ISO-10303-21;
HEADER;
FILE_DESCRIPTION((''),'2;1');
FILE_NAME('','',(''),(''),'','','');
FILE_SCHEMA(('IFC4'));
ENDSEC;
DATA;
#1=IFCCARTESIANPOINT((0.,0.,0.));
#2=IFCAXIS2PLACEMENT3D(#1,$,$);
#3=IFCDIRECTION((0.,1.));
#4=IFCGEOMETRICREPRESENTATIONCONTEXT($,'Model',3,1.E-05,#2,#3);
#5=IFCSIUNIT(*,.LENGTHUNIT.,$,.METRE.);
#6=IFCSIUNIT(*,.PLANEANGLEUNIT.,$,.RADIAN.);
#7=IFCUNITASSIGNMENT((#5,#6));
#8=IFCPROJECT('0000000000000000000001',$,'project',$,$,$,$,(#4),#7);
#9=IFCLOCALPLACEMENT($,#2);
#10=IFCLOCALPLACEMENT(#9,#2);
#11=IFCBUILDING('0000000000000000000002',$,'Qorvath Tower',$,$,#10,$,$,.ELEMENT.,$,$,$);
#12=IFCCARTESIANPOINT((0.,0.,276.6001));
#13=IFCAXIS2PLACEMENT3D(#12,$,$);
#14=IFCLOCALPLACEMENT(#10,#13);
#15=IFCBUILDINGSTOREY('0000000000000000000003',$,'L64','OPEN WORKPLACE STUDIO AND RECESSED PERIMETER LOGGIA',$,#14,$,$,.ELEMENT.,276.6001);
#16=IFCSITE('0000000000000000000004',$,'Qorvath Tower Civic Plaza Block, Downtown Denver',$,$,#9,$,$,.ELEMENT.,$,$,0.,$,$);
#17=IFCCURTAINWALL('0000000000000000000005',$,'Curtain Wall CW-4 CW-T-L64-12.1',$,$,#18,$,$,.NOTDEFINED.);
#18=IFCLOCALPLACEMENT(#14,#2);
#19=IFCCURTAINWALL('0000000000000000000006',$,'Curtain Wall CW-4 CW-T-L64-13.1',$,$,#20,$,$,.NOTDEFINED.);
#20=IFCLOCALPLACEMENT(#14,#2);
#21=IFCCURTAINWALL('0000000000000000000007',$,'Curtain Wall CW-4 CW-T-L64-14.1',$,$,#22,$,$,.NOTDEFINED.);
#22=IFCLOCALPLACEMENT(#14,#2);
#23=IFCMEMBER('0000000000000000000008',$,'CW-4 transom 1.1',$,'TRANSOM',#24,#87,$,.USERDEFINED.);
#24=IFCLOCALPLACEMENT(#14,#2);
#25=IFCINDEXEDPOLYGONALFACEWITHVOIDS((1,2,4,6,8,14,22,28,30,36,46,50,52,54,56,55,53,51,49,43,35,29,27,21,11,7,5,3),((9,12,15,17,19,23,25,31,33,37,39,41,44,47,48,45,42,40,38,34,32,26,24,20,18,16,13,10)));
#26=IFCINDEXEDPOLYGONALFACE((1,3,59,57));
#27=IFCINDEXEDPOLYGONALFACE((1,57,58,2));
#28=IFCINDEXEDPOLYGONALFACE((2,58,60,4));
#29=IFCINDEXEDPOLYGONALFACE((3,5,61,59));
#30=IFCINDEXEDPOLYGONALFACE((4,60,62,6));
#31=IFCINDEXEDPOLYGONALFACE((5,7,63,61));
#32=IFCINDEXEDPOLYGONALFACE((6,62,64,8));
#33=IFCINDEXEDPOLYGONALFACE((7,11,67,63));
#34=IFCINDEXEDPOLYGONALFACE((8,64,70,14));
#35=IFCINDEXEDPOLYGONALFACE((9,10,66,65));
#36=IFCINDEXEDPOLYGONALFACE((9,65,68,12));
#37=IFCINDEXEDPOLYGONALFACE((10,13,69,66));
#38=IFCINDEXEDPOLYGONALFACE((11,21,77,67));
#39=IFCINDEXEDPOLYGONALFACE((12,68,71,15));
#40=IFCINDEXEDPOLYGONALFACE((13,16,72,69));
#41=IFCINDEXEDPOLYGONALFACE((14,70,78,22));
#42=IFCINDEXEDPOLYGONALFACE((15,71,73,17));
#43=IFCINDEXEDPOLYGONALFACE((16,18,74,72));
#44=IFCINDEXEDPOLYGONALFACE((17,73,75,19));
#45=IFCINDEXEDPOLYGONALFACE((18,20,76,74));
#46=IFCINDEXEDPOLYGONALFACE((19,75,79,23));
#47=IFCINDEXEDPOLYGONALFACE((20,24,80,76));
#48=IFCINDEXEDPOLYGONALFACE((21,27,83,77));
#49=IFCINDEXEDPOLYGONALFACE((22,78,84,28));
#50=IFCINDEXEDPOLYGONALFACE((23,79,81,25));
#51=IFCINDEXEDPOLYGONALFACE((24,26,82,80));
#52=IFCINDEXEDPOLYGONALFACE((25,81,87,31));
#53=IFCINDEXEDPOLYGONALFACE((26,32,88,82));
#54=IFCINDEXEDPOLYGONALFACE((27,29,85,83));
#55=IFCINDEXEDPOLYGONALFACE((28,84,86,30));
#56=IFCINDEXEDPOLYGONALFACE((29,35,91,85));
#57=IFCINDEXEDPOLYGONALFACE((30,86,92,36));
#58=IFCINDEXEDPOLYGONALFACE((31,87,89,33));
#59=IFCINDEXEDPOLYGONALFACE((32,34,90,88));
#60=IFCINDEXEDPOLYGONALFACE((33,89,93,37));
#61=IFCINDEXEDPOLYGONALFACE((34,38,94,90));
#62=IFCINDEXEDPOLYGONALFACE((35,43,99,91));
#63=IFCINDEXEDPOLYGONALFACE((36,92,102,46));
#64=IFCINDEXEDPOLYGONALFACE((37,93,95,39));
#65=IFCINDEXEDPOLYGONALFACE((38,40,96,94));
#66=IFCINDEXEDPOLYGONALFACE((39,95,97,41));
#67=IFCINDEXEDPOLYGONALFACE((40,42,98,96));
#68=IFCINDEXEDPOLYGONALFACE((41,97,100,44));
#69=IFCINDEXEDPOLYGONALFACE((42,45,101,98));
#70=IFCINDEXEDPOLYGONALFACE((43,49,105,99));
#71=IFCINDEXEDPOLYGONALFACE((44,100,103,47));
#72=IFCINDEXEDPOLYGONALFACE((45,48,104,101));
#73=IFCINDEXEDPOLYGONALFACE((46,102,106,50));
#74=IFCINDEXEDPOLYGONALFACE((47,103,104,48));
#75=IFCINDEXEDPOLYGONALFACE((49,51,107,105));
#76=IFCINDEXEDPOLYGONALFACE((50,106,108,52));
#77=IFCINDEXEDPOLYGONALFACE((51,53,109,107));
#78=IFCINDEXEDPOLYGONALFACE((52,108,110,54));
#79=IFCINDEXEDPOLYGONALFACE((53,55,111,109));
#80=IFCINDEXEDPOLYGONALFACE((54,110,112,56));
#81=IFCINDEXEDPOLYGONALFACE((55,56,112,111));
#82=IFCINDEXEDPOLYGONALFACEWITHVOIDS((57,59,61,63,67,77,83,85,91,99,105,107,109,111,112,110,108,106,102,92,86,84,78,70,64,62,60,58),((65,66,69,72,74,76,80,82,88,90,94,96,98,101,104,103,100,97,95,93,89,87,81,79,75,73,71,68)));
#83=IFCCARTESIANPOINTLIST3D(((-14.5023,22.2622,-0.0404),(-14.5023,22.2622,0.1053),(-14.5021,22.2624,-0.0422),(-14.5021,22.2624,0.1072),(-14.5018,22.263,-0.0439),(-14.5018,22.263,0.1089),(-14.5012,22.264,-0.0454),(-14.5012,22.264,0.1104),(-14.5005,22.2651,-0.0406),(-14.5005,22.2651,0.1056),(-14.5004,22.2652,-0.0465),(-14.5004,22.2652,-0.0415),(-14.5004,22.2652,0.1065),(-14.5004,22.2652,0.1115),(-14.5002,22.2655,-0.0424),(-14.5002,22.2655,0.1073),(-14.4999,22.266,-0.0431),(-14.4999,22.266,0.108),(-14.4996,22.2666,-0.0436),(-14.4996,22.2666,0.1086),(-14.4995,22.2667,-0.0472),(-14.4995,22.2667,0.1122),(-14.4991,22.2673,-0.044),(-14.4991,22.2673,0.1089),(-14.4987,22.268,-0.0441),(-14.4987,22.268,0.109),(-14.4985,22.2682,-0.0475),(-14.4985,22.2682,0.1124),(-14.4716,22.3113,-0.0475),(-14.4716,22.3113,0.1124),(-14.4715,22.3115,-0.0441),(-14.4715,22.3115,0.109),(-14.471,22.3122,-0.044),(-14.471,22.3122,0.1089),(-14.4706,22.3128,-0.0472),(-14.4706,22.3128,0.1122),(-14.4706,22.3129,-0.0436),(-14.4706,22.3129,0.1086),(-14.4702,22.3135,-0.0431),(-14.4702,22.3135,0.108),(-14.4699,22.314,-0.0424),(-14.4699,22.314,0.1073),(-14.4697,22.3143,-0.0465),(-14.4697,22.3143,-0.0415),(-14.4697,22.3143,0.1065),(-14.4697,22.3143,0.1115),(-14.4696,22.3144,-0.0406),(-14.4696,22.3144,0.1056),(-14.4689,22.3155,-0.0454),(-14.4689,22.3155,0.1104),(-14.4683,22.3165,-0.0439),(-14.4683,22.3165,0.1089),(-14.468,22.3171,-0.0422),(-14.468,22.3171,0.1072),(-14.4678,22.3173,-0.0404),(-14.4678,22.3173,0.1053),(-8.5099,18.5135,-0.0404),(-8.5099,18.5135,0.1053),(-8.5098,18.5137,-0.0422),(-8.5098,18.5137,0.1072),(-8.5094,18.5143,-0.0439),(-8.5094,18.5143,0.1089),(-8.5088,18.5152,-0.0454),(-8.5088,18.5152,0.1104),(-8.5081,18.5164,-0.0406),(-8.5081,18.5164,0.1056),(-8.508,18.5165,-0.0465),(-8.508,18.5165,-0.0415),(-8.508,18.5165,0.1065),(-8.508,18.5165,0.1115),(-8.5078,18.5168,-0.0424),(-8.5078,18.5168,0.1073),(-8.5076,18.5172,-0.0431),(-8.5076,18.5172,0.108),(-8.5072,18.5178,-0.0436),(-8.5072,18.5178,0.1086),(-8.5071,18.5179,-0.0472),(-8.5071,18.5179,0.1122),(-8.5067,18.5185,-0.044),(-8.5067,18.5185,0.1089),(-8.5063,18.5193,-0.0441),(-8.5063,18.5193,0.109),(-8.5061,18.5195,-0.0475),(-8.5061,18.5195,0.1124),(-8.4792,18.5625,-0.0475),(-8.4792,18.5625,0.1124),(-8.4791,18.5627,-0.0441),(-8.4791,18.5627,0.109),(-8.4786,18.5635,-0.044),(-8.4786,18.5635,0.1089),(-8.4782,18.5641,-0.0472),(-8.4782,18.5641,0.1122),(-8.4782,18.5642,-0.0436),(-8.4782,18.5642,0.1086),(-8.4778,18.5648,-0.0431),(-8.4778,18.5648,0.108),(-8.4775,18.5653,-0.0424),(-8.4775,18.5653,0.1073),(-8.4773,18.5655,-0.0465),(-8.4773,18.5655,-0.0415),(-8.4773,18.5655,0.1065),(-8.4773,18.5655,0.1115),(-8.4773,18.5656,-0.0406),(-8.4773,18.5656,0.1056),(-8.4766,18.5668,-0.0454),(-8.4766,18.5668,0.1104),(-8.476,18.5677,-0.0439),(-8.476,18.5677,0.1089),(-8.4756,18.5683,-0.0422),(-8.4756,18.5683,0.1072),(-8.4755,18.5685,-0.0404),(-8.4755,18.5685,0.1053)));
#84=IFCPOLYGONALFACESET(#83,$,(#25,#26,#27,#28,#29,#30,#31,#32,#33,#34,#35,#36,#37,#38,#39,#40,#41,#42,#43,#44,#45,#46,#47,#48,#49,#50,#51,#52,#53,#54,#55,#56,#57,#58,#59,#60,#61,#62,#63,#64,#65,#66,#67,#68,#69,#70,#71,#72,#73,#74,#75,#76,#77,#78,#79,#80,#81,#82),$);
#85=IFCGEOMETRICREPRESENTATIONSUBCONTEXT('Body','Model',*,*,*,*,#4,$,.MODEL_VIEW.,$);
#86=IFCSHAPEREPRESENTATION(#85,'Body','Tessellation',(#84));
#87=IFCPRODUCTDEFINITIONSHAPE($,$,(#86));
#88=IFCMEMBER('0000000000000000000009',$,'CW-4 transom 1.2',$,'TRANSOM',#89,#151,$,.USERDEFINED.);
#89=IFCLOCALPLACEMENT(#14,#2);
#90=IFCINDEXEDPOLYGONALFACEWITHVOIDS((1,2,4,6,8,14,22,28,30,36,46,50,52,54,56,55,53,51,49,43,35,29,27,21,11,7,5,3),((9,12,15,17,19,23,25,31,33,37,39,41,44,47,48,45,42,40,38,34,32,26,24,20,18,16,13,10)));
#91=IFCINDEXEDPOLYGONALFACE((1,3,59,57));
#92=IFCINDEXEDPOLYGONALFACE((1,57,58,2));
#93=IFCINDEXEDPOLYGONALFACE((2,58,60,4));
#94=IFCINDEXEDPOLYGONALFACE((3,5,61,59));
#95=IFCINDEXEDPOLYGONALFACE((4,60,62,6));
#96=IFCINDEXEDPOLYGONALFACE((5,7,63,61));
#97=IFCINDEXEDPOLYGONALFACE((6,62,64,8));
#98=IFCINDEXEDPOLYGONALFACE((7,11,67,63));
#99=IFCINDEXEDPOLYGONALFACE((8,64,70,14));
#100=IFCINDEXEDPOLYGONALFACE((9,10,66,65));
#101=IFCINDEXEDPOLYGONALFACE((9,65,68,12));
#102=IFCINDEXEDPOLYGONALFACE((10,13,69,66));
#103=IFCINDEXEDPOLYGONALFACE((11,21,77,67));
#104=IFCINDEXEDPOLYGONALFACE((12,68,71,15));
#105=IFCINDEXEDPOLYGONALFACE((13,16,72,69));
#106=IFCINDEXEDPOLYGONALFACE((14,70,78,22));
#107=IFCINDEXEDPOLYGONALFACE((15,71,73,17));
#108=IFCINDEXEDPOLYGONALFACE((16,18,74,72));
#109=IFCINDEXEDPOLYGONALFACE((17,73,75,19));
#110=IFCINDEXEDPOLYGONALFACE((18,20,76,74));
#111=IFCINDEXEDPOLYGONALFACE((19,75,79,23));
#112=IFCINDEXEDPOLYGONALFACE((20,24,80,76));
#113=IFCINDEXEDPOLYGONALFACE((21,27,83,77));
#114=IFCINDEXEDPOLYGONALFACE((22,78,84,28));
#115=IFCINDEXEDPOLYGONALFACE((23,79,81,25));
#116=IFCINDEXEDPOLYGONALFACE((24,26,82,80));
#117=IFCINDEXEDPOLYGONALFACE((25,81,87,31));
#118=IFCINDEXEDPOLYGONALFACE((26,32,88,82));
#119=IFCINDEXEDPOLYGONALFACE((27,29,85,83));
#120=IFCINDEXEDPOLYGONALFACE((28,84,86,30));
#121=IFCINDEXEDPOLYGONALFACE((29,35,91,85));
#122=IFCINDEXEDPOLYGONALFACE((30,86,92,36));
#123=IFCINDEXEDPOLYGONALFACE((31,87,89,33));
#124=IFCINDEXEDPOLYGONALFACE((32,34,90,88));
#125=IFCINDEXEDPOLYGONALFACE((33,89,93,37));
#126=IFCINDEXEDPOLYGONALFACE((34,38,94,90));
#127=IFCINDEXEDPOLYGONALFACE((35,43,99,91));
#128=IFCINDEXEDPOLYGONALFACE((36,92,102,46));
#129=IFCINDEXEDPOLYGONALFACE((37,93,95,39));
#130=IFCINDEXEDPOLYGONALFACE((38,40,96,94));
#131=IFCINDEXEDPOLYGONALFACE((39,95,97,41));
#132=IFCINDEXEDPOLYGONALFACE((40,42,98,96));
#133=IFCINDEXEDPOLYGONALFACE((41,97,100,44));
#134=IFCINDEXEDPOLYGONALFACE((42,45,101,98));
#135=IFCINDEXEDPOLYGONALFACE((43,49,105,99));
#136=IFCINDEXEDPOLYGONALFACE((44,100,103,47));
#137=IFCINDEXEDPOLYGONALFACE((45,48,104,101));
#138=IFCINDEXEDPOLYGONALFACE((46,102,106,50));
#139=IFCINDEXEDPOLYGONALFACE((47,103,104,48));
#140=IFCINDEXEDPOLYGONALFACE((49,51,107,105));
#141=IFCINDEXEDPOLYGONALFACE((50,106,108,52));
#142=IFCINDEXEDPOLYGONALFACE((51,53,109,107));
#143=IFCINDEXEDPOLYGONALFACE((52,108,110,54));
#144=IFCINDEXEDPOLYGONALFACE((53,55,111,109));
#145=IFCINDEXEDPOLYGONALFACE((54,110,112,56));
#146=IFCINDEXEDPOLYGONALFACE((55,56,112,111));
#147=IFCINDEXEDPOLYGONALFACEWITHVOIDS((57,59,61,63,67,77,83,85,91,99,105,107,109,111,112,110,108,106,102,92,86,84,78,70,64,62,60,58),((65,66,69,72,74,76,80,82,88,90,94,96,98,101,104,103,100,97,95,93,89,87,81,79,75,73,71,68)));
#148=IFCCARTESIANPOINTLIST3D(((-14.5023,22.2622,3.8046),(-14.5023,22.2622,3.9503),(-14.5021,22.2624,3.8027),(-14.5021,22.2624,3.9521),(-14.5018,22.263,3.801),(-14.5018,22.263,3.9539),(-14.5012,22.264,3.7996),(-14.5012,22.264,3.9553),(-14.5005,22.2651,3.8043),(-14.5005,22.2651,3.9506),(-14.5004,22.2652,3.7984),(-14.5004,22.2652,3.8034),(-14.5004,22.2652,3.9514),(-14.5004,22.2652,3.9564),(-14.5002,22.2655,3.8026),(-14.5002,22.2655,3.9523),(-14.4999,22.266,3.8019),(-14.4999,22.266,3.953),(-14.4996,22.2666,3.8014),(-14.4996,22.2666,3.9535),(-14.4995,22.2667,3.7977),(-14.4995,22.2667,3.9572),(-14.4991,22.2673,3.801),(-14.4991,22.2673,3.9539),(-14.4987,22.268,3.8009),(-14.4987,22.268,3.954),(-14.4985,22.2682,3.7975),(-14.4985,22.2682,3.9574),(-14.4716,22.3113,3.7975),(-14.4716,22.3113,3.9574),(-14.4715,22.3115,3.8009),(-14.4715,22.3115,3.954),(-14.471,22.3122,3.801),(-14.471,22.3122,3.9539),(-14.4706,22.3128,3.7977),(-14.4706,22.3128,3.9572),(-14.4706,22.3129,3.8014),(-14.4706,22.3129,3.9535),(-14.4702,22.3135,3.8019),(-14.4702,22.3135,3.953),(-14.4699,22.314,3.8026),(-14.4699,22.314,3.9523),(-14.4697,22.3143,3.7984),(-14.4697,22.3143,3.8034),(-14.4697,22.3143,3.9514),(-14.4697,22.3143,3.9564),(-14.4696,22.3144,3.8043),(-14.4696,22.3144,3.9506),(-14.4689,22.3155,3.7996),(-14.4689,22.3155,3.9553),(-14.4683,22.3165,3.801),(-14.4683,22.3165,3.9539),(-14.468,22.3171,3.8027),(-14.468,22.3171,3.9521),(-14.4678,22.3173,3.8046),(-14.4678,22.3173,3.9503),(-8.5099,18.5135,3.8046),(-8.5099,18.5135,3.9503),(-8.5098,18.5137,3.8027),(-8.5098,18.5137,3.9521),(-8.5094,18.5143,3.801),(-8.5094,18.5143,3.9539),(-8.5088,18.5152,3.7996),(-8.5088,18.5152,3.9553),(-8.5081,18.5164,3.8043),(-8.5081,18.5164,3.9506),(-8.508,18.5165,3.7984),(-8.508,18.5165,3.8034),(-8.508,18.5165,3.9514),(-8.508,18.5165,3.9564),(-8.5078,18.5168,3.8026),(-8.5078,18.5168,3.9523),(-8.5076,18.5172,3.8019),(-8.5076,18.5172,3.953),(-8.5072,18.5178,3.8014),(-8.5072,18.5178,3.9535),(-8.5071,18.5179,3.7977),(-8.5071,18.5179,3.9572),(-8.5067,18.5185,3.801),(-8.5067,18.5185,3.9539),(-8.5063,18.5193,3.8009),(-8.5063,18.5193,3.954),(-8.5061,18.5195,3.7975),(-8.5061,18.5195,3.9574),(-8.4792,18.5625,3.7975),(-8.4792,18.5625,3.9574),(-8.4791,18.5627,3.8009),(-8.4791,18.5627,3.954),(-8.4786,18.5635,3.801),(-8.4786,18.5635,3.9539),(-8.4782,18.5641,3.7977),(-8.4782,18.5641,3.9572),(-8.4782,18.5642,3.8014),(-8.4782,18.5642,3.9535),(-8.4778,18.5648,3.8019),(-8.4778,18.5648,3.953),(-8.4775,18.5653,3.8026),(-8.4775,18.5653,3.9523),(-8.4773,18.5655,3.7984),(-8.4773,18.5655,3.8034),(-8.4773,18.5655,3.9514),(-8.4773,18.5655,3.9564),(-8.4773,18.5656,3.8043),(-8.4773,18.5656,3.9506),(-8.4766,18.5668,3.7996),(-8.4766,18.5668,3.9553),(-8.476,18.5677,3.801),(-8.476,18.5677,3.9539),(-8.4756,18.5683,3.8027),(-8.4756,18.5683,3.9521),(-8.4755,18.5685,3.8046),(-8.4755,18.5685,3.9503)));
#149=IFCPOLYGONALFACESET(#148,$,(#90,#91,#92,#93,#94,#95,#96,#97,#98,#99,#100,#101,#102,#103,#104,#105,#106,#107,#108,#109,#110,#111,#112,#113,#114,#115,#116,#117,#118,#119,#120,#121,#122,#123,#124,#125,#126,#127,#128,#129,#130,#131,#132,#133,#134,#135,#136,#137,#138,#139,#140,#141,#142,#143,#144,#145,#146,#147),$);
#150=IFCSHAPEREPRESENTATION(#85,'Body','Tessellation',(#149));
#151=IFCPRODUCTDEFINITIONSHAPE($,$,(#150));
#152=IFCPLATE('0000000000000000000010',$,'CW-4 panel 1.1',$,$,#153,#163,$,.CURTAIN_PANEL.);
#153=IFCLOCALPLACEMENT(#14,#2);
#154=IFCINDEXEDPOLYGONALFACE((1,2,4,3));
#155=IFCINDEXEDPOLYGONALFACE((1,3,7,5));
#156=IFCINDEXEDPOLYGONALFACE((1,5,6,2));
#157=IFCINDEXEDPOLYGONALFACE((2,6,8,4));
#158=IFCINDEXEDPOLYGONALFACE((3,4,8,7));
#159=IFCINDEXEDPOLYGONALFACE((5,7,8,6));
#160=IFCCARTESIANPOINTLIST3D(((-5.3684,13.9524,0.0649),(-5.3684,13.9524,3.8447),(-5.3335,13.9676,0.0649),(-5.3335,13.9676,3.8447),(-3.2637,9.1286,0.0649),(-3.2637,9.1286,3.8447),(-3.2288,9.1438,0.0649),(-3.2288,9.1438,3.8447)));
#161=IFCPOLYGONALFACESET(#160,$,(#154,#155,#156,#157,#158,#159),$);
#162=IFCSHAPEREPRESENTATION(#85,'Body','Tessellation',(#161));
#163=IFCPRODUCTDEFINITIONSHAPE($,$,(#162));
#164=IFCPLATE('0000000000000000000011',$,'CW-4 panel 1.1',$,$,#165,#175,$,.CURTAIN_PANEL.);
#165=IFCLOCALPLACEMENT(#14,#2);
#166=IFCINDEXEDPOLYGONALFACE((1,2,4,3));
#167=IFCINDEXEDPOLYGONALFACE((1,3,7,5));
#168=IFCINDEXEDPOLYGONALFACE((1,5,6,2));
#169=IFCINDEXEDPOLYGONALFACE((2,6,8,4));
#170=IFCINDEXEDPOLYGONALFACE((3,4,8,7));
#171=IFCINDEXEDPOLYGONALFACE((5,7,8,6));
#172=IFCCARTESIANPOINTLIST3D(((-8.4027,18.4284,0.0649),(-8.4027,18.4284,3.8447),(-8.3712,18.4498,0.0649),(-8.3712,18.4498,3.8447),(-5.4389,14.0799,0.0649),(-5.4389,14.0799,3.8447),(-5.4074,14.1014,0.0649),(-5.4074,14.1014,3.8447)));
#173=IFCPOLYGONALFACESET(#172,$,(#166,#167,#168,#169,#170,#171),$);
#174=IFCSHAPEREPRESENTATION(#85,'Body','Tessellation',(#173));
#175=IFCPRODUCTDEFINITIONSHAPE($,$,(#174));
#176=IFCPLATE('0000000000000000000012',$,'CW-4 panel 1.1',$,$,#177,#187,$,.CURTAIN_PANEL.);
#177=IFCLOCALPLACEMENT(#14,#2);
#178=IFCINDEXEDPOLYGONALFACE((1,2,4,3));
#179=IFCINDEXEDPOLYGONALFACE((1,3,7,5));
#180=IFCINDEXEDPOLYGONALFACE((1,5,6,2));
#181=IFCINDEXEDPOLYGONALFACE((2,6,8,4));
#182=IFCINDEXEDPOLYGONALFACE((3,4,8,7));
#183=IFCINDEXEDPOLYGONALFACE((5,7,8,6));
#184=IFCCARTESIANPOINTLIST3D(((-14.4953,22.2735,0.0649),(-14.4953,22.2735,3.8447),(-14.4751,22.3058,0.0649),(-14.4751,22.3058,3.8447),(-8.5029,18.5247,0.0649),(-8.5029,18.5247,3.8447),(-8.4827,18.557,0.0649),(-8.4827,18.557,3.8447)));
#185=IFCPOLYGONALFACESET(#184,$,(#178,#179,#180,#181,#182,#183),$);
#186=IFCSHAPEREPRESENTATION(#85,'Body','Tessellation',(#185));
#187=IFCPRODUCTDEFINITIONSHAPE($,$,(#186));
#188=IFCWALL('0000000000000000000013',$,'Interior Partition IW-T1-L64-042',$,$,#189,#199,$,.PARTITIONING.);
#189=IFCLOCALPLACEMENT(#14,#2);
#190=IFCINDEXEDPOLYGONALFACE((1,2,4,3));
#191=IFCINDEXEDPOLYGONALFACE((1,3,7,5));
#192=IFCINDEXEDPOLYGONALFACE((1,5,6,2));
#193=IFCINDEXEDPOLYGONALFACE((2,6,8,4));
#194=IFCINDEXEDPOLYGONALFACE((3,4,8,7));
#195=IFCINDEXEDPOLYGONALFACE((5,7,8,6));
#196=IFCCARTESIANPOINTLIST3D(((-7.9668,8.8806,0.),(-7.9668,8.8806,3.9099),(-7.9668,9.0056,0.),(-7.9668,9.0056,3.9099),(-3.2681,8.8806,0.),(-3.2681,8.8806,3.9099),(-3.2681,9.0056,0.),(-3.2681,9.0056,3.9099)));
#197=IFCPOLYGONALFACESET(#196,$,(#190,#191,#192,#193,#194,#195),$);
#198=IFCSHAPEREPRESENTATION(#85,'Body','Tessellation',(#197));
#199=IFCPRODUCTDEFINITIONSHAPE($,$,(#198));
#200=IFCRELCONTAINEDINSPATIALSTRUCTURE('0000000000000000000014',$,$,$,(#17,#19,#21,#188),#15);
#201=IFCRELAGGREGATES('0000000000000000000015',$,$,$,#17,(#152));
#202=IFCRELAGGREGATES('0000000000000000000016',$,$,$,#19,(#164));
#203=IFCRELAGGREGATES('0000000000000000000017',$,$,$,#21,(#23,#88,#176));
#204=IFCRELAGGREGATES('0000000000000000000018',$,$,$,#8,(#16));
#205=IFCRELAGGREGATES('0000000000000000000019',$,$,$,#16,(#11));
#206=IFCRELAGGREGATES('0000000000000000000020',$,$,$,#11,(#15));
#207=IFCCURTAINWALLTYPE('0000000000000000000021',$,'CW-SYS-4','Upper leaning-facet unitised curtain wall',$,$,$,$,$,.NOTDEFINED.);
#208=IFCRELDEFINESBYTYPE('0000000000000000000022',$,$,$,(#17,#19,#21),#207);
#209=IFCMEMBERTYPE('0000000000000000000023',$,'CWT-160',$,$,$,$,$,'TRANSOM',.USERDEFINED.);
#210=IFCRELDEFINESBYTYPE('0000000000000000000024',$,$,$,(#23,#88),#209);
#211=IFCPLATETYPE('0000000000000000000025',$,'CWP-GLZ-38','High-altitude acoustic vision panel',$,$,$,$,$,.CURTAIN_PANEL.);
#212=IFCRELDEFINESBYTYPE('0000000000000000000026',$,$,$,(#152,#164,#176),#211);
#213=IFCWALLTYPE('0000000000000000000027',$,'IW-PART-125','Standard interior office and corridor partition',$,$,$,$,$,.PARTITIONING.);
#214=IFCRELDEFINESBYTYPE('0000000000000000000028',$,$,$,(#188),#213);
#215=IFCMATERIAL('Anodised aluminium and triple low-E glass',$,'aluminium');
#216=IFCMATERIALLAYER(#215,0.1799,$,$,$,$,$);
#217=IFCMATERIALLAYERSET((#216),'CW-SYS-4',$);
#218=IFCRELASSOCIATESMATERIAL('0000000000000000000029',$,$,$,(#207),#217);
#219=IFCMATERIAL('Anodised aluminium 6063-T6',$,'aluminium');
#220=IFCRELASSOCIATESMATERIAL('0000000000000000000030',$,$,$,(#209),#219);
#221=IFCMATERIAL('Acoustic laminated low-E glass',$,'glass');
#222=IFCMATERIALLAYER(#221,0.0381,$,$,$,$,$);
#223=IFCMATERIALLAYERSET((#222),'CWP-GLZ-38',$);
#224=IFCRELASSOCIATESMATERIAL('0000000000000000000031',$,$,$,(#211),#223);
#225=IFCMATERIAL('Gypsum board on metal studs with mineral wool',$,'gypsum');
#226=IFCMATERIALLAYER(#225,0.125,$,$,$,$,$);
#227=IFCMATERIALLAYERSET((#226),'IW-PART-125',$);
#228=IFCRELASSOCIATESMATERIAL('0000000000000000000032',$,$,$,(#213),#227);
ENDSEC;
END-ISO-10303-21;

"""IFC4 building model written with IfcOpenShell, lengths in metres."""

from ifc_helpers import new_model, si_unit, direction, frame, frame_2d, origin, origin_2d, place, context, subcontext, project, spatial, rectangle, hollow_rectangle, extrude, material, layer, layer_set, material_profile, profile_set, type_object, element, aggregate, save


model = new_model("IFC4")

# Units and contexts
model_context = context("Model", 3, precision=1e-05, world=origin(), true_north=direction((0.0, 1.0)))
body_context = subcontext(model_context, "Body", "Model", "MODEL_VIEW")
ifc_project = project(units=[si_unit("LENGTHUNIT", "METRE"), si_unit("PLANEANGLEUNIT", "RADIAN")], contexts=[model_context])

# Site, building, storey
site_placement = place(None, origin())
site = spatial("IfcSite", under=ifc_project, at=site_placement, Name="Qorvath Tower Civic Plaza Block, Downtown Denver", CompositionType="ELEMENT", RefElevation=0.0)
building_placement = place(site_placement, origin())
building = spatial("IfcBuilding", under=site, at=building_placement, Name="Qorvath Tower", CompositionType="ELEMENT")
storey_placement = place(building_placement, frame((0.0, 0.0, 276.6001)))
storey = spatial("IfcBuildingStorey", under=building, at=storey_placement, Name="L64", Description="OPEN WORKPLACE STUDIO AND RECESSED PERIMETER LOGGIA", CompositionType="ELEMENT", Elevation=276.6001)

# Shared definitions
ifc_material_1 = material(Name="Anodised aluminium and triple low-E glass", Category="aluminium")
ifc_layer_1 = layer(ifc_material_1, 0.1799)
ifc_layer_set_1 = layer_set([ifc_layer_1], Name="CW-SYS-4")
curtain_wall_type = type_object("IfcCurtainWallType", Name="CW-SYS-4", Description="Upper leaning-facet unitised curtain wall", PredefinedType="NOTDEFINED", material=ifc_layer_set_1)

# Curtain walls
curtain_wall_1_placement = place(storey_placement, origin())
curtain_wall_1 = element("IfcCurtainWall", 1, at=curtain_wall_1_placement, inside=storey, type_object=curtain_wall_type, Name="Curtain Wall CW-4 CW-T-L64-12.1", PredefinedType="NOTDEFINED")
curtain_wall_2_placement = place(storey_placement, origin())
curtain_wall_2 = element("IfcCurtainWall", 2, at=curtain_wall_2_placement, inside=storey, type_object=curtain_wall_type, Name="Curtain Wall CW-4 CW-T-L64-13.1", PredefinedType="NOTDEFINED")

# Curtain wall
curtain_wall_3_placement = place(storey_placement, origin())
curtain_wall_3 = element("IfcCurtainWall", 3, at=curtain_wall_3_placement, inside=storey, type_object=curtain_wall_type, Name="Curtain Wall CW-4 CW-T-L64-14.1", PredefinedType="NOTDEFINED")

# Members
ifc_material_2 = material(Name="Anodised aluminium 6063-T6", Category="aluminium")
ifc_material_profile_1 = material_profile(ifc_material_2, hollow_rectangle(XDim=0.0649, YDim=0.1599, WallThickness=0.0034, InnerFilletRadius=0.0034, OuterFilletRadius=0.0071, at=origin_2d()), Name="CWT 160x65")
ifc_profile_set_1 = profile_set([ifc_material_profile_1], Name="Anodised aluminium 6063-T6")
member_type_1 = type_object("IfcMemberType", Name="CWT-160", ElementType="TRANSOM", PredefinedType="USERDEFINED", material=ifc_profile_set_1)
member_1_placement = place(storey_placement, frame((-8.4927, 18.541, 0.0325), z_axis=(-0.847775, 0.530356, 0.0), x_axis=(-0.530356, -0.847775, 0.0)))
member_1 = element("IfcMember", 4, at=member_1_placement, type_object=member_type_1, Name="CW-4 transom 1.1", ObjectType="TRANSOM", PredefinedType="USERDEFINED", context=body_context, shape_type="SweptSolid", body=[
    extrude(hollow_rectangle(XDim=0.0649, YDim=0.1599, WallThickness=0.0034, InnerFilletRadius=0.0034, OuterFilletRadius=0.0071, at=origin_2d()), origin(), (0.0, 0.0, 1.0), 7.0684),
])
member_2_placement = place(storey_placement, frame((-8.4927, 18.541, 3.8774), z_axis=(-0.847775, 0.530356, 0.0), x_axis=(-0.530356, -0.847775, 0.0)))
member_2 = element("IfcMember", 5, at=member_2_placement, type_object=member_type_1, Name="CW-4 transom 1.2", ObjectType="TRANSOM", PredefinedType="USERDEFINED", context=body_context, shape_type="SweptSolid", body=[
    extrude(hollow_rectangle(XDim=0.0649, YDim=0.1599, WallThickness=0.0034, InnerFilletRadius=0.0034, OuterFilletRadius=0.0071, at=origin_2d()), origin(), (0.0, 0.0, 1.0), 7.0684),
])

# Plates
ifc_material_3 = material(Name="Acoustic laminated low-E glass", Category="glass")
ifc_layer_2 = layer(ifc_material_3, 0.0381)
ifc_layer_set_2 = layer_set([ifc_layer_2], Name="CWP-GLZ-38")
plate_type = type_object("IfcPlateType", Name="CWP-GLZ-38", Description="High-altitude acoustic vision panel", PredefinedType="CURTAIN_PANEL", material=ifc_layer_set_2)
plate_1_placement = place(storey_placement, frame((-4.2986, 11.5481, 0.0649), z_axis=(0.0, 0.0, 1.0), x_axis=(-0.3999, 0.916559, 0.0)))
plate_1 = element("IfcPlate", 6, at=plate_1_placement, type_object=plate_type, Name="CW-4 panel 1.1", PredefinedType="CURTAIN_PANEL", context=body_context, shape_type="SweptSolid", body=[
    extrude(rectangle(XDim=5.2629, YDim=0.0381, at=origin_2d()), origin(), (0.0, 0.0, 1.0), 3.7798),
])
aggregate(curtain_wall_1, [plate_1])
plate_2_placement = place(storey_placement, frame((-6.905, 16.2649, 0.0649), z_axis=(0.0, 0.0, 1.0), x_axis=(-0.563203, 0.826319, 0.0)))
plate_2 = element("IfcPlate", 7, at=plate_2_placement, type_object=plate_type, Name="CW-4 panel 1.1", PredefinedType="CURTAIN_PANEL", context=body_context, shape_type="SweptSolid", body=[
    extrude(rectangle(XDim=5.2625, YDim=0.0381, at=origin_2d()), origin(), (0.0, 0.0, 1.0), 3.7798),
])
aggregate(curtain_wall_2, [plate_2])
plate_3_placement = place(storey_placement, frame((-11.489, 20.4153, 0.0649), z_axis=(0.0, 0.0, 1.0), x_axis=(-0.847771, 0.530363, 0.0)))
plate_3 = element("IfcPlate", 8, at=plate_3_placement, type_object=plate_type, Name="CW-4 panel 1.1", PredefinedType="CURTAIN_PANEL", context=body_context, shape_type="SweptSolid", body=[
    extrude(rectangle(XDim=7.0684, YDim=0.0381, at=origin_2d()), origin(), (0.0, 0.0, 1.0), 3.7798),
])
aggregate(curtain_wall_3, [member_1, member_2, plate_3])

# Wall
ifc_material_4 = material(Name="Gypsum board on metal studs with mineral wool", Category="gypsum")
ifc_layer_3 = layer(ifc_material_4, 0.125)
ifc_layer_set_3 = layer_set([ifc_layer_3], Name="IW-PART-125")
wall_type = type_object("IfcWallType", Name="IW-PART-125", Description="Standard interior office and corridor partition", PredefinedType="PARTITIONING", material=ifc_layer_set_3)
wall_1_placement = place(storey_placement, frame((-3.2681, 8.9431, 0.0), z_axis=(0.0, 0.0, 1.0), x_axis=(-1.0, 0.0, 0.0)))
element("IfcWall", 9, at=wall_1_placement, inside=storey, type_object=wall_type, Name="Interior Partition IW-T1-L64-042", PredefinedType="PARTITIONING", context=body_context, shape_type="SweptSolid", body=[
    extrude(rectangle(XDim=4.6987, YDim=0.125, at=frame_2d((2.3494, 0.0))), origin(), (0.0, 0.0, 1.0), 3.9099),
])

save(model, "model.ifc")
